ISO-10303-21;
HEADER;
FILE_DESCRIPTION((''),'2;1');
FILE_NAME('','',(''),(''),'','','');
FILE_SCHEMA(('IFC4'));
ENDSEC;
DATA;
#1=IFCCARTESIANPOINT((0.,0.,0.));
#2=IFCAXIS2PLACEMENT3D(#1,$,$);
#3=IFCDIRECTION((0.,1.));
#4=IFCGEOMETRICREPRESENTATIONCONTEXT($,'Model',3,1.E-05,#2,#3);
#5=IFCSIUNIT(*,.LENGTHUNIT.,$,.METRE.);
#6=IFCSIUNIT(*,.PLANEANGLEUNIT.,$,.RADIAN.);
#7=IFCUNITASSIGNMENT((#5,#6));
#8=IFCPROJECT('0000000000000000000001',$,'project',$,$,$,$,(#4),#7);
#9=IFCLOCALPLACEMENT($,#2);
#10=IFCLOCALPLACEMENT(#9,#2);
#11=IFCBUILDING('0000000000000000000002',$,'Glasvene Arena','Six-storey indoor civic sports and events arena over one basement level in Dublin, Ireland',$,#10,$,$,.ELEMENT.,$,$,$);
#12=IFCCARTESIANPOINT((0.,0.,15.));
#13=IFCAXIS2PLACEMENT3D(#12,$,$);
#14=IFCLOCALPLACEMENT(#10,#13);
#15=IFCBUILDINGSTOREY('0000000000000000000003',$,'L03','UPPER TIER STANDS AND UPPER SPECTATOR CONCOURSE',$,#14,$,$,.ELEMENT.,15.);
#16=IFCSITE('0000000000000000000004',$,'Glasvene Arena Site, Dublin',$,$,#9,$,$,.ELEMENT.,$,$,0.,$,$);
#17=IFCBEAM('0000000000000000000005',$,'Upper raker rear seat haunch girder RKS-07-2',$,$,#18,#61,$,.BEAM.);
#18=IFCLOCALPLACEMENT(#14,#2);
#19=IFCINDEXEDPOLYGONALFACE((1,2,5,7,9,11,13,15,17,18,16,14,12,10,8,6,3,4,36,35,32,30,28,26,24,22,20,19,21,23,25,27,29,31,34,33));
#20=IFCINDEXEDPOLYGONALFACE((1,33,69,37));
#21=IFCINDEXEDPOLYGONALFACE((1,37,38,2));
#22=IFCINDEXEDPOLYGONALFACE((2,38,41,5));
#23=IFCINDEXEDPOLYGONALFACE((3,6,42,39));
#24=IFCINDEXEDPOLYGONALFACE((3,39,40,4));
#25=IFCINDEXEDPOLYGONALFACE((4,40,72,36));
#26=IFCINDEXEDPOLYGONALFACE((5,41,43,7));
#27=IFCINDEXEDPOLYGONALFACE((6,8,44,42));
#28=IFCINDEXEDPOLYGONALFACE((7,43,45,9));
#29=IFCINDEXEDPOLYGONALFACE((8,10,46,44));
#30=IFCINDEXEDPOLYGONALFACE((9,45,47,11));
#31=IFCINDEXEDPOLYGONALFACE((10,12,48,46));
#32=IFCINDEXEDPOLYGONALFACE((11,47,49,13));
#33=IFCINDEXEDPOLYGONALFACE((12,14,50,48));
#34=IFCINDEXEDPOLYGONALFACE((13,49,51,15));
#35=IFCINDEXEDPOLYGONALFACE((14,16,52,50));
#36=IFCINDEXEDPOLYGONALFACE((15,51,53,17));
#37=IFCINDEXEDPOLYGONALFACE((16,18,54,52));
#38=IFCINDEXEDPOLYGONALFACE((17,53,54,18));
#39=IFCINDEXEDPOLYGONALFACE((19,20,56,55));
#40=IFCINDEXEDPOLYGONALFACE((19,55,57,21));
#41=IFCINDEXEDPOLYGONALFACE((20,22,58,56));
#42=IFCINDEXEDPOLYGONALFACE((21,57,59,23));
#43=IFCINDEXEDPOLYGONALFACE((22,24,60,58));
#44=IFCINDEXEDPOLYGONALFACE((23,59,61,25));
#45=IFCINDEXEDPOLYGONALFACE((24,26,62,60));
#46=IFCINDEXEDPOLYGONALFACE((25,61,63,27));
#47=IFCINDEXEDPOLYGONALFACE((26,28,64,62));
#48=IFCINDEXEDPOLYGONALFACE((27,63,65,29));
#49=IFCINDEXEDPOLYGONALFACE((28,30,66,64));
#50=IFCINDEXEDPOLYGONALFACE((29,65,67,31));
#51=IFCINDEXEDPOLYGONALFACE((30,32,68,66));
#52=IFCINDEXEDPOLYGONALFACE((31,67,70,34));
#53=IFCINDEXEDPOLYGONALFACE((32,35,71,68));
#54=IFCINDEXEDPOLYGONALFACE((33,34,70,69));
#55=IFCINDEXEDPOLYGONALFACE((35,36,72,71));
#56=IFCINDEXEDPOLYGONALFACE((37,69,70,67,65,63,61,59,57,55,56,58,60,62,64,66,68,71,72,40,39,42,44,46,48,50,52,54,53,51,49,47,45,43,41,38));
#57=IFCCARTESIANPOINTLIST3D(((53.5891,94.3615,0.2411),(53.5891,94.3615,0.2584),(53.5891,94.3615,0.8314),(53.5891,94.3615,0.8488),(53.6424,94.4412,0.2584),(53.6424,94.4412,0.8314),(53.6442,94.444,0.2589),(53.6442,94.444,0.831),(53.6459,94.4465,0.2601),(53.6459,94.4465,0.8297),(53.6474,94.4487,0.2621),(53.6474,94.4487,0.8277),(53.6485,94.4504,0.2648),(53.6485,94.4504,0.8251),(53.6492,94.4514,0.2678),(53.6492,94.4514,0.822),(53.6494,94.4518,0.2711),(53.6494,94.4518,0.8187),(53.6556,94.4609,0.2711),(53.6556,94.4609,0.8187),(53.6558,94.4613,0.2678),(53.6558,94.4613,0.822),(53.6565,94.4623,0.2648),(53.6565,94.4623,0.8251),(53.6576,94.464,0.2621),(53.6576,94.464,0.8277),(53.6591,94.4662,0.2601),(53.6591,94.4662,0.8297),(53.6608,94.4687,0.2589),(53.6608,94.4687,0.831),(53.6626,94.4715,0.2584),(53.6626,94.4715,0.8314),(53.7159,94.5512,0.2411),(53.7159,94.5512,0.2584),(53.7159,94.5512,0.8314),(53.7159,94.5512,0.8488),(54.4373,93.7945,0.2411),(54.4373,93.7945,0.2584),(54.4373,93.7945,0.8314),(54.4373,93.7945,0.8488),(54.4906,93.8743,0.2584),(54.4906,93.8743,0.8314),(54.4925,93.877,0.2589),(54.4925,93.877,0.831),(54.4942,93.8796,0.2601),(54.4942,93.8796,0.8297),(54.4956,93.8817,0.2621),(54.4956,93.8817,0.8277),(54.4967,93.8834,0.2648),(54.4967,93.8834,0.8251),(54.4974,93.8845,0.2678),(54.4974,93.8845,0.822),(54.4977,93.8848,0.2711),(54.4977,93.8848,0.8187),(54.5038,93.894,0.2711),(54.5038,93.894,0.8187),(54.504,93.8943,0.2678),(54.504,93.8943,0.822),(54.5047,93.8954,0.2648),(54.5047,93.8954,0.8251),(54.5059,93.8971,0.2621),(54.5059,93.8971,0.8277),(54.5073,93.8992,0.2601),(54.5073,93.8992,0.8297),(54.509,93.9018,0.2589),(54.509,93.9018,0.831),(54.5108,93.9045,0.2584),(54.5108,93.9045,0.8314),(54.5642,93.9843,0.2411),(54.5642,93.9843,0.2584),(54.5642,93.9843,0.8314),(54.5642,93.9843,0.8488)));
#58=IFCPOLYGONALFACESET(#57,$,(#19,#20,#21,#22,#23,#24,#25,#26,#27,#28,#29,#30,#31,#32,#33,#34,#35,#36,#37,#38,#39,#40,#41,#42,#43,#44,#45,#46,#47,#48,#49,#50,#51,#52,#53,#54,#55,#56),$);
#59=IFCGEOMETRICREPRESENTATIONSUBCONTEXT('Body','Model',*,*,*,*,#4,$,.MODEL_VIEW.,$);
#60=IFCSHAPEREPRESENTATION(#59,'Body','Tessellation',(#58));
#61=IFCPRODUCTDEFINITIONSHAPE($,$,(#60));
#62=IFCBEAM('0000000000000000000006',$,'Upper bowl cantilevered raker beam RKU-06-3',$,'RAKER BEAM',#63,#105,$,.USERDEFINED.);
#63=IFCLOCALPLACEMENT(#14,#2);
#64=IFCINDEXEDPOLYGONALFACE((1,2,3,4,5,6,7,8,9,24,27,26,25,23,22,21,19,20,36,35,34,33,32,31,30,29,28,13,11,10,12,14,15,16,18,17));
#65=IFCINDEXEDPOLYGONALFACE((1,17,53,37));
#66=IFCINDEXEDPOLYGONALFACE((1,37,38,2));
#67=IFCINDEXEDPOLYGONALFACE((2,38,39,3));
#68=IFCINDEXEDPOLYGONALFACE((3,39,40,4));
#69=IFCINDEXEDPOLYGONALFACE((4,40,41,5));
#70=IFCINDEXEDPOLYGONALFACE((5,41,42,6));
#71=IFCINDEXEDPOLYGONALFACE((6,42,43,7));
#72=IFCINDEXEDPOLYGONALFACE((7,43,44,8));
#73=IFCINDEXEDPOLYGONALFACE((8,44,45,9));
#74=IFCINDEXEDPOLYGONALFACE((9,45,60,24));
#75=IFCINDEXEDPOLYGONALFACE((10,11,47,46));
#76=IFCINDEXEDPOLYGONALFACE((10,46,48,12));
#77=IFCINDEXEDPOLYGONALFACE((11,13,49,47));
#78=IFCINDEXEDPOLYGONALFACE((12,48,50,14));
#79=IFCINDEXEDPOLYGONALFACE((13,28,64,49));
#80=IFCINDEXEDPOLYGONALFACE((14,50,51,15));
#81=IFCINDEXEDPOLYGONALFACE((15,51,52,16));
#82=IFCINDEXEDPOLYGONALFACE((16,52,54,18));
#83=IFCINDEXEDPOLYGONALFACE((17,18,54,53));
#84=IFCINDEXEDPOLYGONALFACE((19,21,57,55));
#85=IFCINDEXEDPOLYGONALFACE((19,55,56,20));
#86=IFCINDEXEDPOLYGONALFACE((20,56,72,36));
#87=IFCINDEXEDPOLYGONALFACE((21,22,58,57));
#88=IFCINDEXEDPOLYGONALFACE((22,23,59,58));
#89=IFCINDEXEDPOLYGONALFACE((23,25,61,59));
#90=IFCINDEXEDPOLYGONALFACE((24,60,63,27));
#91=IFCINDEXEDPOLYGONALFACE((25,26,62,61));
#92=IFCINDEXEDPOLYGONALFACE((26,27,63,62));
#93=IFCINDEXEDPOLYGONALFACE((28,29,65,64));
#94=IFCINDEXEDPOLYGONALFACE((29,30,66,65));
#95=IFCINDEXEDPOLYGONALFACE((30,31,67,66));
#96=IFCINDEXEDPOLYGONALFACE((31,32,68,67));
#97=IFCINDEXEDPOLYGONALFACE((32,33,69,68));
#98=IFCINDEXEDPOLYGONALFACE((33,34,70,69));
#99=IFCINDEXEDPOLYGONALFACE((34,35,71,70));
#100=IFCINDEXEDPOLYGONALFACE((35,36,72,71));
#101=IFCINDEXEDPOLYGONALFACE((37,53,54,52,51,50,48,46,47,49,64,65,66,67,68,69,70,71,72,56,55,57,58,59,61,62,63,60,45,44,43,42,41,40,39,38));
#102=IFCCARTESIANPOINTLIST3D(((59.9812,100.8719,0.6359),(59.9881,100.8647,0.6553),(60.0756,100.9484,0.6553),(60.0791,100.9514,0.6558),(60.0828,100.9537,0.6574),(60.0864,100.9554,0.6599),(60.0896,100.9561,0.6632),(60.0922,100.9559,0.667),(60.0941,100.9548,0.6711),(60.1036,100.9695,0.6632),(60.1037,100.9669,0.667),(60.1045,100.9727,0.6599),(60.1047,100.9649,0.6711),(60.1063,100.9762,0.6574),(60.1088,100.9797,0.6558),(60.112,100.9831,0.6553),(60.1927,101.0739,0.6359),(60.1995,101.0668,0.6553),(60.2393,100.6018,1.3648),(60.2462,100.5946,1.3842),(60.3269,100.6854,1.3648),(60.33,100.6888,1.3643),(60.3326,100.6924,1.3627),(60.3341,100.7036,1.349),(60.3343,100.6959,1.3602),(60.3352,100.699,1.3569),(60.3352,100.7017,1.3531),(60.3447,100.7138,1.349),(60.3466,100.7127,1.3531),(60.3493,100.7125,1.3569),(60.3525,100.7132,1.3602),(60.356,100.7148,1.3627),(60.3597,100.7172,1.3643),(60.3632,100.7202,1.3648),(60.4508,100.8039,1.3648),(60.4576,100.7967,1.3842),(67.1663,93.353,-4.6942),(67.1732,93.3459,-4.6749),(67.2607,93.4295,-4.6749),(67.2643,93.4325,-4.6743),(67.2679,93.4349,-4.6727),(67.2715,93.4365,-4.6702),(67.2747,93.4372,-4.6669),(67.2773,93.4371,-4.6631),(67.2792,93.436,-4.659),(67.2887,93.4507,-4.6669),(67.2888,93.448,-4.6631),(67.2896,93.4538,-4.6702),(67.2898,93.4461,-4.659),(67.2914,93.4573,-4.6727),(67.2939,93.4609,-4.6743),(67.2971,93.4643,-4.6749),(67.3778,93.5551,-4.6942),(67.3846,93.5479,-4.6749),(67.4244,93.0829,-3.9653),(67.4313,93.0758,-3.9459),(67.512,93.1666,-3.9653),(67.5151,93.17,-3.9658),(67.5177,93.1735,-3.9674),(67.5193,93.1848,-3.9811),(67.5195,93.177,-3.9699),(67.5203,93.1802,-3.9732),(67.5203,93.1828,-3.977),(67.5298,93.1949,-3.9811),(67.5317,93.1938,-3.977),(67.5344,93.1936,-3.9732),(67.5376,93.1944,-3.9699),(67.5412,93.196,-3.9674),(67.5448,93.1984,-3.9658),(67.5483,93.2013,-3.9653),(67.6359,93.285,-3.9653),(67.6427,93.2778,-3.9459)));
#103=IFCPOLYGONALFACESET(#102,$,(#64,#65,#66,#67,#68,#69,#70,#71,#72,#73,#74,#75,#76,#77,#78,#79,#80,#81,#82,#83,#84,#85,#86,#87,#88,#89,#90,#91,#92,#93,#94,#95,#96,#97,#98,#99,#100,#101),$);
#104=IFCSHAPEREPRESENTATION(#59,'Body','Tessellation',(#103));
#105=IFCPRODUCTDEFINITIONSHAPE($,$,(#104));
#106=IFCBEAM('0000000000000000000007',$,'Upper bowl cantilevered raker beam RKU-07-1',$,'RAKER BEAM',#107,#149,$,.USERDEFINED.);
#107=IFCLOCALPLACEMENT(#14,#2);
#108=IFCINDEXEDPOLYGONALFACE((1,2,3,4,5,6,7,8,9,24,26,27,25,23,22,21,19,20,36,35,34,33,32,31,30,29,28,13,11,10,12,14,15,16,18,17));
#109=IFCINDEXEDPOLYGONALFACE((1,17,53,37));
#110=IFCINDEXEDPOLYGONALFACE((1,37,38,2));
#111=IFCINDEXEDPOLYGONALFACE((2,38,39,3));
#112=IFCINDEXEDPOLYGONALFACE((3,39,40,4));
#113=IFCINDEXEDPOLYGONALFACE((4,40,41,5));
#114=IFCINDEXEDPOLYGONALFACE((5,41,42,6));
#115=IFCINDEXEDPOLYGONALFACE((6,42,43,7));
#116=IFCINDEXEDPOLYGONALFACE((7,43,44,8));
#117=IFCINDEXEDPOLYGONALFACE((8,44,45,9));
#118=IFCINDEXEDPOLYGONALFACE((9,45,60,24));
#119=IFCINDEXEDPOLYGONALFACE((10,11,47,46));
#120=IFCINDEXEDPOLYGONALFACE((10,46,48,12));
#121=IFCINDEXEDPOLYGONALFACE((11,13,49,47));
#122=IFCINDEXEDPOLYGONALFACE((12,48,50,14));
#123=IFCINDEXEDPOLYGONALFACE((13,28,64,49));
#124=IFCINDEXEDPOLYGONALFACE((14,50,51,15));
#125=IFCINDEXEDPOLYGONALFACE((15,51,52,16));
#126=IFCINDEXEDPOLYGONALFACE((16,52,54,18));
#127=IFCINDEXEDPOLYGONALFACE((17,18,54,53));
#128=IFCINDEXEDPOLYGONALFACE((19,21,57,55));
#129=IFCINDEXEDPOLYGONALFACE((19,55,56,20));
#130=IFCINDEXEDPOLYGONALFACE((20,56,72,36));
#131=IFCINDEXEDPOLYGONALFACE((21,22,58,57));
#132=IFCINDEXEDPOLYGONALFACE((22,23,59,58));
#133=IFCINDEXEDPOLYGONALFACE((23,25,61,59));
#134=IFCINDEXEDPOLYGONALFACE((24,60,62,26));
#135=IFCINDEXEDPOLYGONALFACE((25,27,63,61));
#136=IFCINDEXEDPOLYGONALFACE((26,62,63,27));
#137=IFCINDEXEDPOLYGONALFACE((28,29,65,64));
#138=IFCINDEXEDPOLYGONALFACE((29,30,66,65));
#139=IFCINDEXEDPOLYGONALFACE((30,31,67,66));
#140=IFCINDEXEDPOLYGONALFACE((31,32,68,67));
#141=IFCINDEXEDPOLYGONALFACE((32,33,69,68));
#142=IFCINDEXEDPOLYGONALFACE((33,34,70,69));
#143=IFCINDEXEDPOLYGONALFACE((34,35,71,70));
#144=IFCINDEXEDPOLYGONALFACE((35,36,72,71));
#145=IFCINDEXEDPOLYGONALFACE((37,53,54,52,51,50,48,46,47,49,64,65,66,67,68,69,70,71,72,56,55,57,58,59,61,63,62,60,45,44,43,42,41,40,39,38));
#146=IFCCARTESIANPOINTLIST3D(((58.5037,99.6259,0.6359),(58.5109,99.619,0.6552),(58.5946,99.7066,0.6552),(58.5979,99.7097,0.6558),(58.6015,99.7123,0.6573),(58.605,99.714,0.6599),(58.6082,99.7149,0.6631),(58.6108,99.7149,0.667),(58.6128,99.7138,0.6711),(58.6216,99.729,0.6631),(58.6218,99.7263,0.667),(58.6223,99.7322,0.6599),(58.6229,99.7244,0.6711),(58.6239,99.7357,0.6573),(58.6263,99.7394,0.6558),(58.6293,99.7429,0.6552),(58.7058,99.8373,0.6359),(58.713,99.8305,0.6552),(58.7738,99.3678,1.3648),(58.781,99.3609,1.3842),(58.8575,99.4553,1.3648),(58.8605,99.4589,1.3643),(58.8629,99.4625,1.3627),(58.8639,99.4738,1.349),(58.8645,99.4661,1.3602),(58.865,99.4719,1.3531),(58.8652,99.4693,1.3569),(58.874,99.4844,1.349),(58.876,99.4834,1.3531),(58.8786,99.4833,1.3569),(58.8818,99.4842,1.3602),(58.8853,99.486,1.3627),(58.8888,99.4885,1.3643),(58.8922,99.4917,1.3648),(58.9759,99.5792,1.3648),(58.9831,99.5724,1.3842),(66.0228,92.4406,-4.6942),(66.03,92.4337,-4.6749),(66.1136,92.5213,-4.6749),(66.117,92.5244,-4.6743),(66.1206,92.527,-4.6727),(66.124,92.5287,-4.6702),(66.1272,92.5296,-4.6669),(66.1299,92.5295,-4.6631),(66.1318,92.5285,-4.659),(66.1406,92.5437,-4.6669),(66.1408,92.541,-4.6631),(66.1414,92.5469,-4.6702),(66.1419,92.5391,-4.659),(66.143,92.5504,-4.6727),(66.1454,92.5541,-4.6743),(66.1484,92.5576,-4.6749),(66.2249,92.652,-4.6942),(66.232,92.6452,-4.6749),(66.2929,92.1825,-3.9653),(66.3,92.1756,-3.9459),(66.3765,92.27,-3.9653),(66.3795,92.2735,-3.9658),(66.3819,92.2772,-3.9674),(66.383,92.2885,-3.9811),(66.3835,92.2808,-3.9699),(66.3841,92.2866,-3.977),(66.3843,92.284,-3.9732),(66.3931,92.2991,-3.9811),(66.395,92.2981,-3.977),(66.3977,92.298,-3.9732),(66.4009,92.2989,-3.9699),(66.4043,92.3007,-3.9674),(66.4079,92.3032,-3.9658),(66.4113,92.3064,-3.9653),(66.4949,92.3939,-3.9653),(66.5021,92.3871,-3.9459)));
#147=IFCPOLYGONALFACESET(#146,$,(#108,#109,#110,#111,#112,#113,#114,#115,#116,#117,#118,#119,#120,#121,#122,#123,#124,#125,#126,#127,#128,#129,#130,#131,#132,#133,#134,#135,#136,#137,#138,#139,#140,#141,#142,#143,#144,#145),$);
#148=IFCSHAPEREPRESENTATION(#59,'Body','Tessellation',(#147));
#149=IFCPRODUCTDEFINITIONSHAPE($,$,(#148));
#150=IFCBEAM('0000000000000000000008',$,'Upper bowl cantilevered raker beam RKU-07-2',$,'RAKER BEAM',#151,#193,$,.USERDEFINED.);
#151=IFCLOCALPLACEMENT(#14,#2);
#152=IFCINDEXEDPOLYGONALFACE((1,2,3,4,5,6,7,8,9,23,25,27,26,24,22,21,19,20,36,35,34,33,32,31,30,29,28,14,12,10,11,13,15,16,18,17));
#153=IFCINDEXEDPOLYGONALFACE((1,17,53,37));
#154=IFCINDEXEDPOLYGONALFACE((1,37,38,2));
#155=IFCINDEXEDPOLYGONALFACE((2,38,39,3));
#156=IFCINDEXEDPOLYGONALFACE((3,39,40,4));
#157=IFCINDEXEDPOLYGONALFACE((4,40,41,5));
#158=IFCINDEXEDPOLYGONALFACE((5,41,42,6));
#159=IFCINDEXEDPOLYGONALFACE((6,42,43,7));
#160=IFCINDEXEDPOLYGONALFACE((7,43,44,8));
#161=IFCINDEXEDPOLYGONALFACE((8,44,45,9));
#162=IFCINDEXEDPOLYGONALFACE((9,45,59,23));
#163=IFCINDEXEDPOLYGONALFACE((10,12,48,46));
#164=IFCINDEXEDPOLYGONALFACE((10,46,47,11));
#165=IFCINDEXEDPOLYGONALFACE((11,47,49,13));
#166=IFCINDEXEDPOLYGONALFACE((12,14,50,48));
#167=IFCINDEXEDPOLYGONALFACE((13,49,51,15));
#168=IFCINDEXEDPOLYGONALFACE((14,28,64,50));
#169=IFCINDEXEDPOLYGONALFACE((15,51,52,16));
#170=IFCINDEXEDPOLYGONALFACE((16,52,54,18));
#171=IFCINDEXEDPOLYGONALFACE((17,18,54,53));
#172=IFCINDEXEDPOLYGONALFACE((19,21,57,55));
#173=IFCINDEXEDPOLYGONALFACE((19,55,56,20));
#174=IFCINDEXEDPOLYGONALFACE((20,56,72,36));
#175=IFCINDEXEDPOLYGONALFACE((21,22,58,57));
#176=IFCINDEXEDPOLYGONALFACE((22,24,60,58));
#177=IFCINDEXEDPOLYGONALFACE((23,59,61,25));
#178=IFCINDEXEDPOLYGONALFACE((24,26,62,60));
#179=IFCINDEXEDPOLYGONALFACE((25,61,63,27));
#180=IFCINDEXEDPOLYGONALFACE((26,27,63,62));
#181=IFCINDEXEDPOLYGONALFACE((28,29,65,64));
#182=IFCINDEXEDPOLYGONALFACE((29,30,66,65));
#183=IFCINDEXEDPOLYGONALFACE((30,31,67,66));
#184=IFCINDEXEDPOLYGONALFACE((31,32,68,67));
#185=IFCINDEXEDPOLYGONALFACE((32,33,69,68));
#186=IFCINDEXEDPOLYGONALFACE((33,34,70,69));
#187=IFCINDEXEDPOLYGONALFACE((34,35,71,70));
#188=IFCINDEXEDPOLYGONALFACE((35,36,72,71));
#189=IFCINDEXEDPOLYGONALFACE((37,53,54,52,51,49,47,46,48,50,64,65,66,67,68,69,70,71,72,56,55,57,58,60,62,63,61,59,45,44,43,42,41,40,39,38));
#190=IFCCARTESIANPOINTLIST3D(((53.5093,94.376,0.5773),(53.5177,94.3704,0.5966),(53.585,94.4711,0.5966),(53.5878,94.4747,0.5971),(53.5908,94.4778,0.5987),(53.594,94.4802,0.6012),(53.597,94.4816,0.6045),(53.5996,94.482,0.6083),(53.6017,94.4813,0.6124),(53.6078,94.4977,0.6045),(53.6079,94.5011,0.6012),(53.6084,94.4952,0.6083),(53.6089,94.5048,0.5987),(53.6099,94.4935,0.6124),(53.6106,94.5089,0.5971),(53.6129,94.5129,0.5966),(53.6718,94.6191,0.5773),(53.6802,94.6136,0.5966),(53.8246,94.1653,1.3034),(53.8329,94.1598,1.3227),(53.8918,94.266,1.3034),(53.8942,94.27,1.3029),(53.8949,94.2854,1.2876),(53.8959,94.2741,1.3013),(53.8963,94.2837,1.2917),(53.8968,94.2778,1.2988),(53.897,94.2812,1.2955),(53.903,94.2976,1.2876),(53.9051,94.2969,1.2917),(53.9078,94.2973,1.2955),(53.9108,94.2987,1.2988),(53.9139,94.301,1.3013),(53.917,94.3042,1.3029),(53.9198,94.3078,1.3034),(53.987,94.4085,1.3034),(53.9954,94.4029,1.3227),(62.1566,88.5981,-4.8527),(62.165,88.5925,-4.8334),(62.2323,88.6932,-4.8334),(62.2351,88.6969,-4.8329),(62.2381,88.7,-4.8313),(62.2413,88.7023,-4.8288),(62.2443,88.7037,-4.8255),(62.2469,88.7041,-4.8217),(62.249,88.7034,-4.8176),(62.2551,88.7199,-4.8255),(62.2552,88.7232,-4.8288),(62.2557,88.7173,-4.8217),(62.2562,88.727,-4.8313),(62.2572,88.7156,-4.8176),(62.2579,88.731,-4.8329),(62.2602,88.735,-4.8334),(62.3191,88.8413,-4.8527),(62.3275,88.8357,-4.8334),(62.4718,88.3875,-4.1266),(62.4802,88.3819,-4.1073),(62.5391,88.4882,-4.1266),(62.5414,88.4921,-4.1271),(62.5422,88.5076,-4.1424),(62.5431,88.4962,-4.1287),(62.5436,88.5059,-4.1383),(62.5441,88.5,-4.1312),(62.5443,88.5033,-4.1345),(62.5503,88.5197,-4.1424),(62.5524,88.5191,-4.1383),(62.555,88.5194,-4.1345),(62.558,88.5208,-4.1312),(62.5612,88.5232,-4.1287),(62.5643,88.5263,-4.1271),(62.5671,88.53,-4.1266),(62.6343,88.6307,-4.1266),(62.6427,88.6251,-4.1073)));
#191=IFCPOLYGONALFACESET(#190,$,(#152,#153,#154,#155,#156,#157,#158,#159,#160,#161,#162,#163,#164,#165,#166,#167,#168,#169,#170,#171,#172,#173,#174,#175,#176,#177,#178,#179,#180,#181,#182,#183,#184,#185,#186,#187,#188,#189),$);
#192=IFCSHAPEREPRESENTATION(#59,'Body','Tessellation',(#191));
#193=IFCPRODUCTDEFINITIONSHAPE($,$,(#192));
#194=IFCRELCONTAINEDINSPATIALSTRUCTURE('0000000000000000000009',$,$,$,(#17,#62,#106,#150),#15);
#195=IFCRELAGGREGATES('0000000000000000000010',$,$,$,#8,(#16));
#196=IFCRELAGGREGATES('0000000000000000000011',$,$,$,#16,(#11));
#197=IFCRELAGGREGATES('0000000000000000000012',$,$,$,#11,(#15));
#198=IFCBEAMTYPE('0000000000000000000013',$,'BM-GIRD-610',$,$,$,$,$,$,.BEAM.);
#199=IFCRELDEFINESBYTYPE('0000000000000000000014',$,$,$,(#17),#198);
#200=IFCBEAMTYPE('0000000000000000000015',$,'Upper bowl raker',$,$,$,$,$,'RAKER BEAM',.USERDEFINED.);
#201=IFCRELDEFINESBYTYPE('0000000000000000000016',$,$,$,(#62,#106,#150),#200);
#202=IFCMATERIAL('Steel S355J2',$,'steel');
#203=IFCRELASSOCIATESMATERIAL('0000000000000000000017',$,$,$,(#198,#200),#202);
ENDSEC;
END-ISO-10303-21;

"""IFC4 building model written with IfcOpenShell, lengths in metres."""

from ifc_helpers import new_model, si_unit, direction, frame, origin, origin_2d, place, context, subcontext, project, spatial, i_section, extrude, material, material_profile, profile_set, type_object, element, save


model = new_model("IFC4")

# Units and contexts
model_context = context("Model", 3, precision=1e-05, world=origin(), true_north=direction((0.0, 1.0)))
body_context = subcontext(model_context, "Body", "Model", "MODEL_VIEW")
ifc_project = project(units=[si_unit("LENGTHUNIT", "METRE"), si_unit("PLANEANGLEUNIT", "RADIAN")], contexts=[model_context])

# Site, building, storey
site_placement = place(None, origin())
site = spatial("IfcSite", under=ifc_project, at=site_placement, Name="Glasvene Arena Site, Dublin", CompositionType="ELEMENT", RefElevation=0.0)
building_placement = place(site_placement, origin())
building = spatial("IfcBuilding", under=site, at=building_placement, Name="Glasvene Arena", Description="Six-storey indoor civic sports and events arena over one basement level in Dublin, Ireland", CompositionType="ELEMENT")
storey_placement = place(building_placement, frame((0.0, 0.0, 15.0)))
storey = spatial("IfcBuildingStorey", under=building, at=storey_placement, Name="L03", Description="UPPER TIER STANDS AND UPPER SPECTATOR CONCOURSE", CompositionType="ELEMENT", Elevation=15.0)

# Beams
ifc_material_1 = material(Name="Steel S355J2", Category="steel")
ifc_material_profile_1 = material_profile(ifc_material_1, i_section(OverallWidth=0.2283, OverallDepth=0.6077, WebThickness=0.011, FlangeThickness=0.0173, FilletRadius=0.0127, at=origin_2d()), Name="UKB 610x229x113")
ifc_profile_set_1 = profile_set([ifc_material_profile_1], Name="Steel S355J2")
beam_type_1 = type_object("IfcBeamType", Name="BM-GIRD-610", PredefinedType="BEAM", material=ifc_profile_set_1)
beam_1_placement = place(storey_placement, frame((54.5007, 93.8894, 0.5449), z_axis=(-0.831387, 0.555694, 0.0), x_axis=(-0.555694, -0.831387, 0.0)))
element("IfcBeam", 1, at=beam_1_placement, inside=storey, type_object=beam_type_1, Name="Upper raker rear seat haunch girder RKS-07-2", PredefinedType="BEAM", context=body_context, shape_type="SweptSolid", body=[
    extrude(i_section(OverallWidth=0.2283, OverallDepth=0.6077, WebThickness=0.011, FlangeThickness=0.0173, FilletRadius=0.0127, at=origin_2d()), origin(), (0.0, 0.0, 1.0), 1.0203),
])
ifc_material_profile_2 = material_profile(ifc_material_1, i_section(OverallWidth=0.2925, OverallDepth=0.8408, WebThickness=0.0146, FlangeThickness=0.0217, FilletRadius=0.0178, at=origin_2d()), Name="UKB 838x292x194")
ifc_profile_set_2 = profile_set([ifc_material_profile_2], Name="Steel S355J2")
beam_type_2 = type_object("IfcBeamType", Name="Upper bowl raker", ElementType="RAKER BEAM", PredefinedType="USERDEFINED", material=ifc_profile_set_2)
beam_2_placement = place(storey_placement, frame((67.4045, 93.3154, -4.3201), z_axis=(-0.614833, 0.643392, 0.4561), x_axis=(-0.72297, -0.690879, 0.0)))
element("IfcBeam", 2, at=beam_2_placement, inside=storey, type_object=beam_type_2, Name="Upper bowl cantilevered raker beam RKU-06-3", ObjectType="RAKER BEAM", PredefinedType="USERDEFINED", context=body_context, shape_type="SweptSolid", body=[
    extrude(i_section(OverallWidth=0.2925, OverallDepth=0.8408, WebThickness=0.0146, FlangeThickness=0.0217, FilletRadius=0.0178, at=origin_2d()), origin(), (0.0, 0.0, 1.0), 11.6863),
])
beam_3_placement = place(storey_placement, frame((66.2625, 92.4138, -4.3201), z_axis=(-0.643396, 0.614838, 0.456088), x_axis=(-0.69088, -0.72297, 0.0)))
element("IfcBeam", 3, at=beam_3_placement, inside=storey, type_object=beam_type_2, Name="Upper bowl cantilevered raker beam RKU-07-1", ObjectType="RAKER BEAM", PredefinedType="USERDEFINED", context=body_context, shape_type="SweptSolid", body=[
    extrude(i_section(OverallWidth=0.2925, OverallDepth=0.8408, WebThickness=0.0146, FlangeThickness=0.0217, FilletRadius=0.0178, at=origin_2d()), origin(), (0.0, 0.0, 1.0), 11.6865),
])
beam_4_placement = place(storey_placement, frame((62.3997, 88.6116, -4.48), z_axis=(-0.737057, 0.492481, 0.462827), x_axis=(-0.555567, -0.831472, 0.0)))
element("IfcBeam", 4, at=beam_4_placement, inside=storey, type_object=beam_type_2, Name="Upper bowl cantilevered raker beam RKU-07-2", ObjectType="RAKER BEAM", PredefinedType="USERDEFINED", context=body_context, shape_type="SweptSolid", body=[
    extrude(i_section(OverallWidth=0.2925, OverallDepth=0.8408, WebThickness=0.0146, FlangeThickness=0.0217, FilletRadius=0.0178, at=origin_2d()), origin(), (0.0, 0.0, 1.0), 11.7322),
])

save(model, "model.ifc")
